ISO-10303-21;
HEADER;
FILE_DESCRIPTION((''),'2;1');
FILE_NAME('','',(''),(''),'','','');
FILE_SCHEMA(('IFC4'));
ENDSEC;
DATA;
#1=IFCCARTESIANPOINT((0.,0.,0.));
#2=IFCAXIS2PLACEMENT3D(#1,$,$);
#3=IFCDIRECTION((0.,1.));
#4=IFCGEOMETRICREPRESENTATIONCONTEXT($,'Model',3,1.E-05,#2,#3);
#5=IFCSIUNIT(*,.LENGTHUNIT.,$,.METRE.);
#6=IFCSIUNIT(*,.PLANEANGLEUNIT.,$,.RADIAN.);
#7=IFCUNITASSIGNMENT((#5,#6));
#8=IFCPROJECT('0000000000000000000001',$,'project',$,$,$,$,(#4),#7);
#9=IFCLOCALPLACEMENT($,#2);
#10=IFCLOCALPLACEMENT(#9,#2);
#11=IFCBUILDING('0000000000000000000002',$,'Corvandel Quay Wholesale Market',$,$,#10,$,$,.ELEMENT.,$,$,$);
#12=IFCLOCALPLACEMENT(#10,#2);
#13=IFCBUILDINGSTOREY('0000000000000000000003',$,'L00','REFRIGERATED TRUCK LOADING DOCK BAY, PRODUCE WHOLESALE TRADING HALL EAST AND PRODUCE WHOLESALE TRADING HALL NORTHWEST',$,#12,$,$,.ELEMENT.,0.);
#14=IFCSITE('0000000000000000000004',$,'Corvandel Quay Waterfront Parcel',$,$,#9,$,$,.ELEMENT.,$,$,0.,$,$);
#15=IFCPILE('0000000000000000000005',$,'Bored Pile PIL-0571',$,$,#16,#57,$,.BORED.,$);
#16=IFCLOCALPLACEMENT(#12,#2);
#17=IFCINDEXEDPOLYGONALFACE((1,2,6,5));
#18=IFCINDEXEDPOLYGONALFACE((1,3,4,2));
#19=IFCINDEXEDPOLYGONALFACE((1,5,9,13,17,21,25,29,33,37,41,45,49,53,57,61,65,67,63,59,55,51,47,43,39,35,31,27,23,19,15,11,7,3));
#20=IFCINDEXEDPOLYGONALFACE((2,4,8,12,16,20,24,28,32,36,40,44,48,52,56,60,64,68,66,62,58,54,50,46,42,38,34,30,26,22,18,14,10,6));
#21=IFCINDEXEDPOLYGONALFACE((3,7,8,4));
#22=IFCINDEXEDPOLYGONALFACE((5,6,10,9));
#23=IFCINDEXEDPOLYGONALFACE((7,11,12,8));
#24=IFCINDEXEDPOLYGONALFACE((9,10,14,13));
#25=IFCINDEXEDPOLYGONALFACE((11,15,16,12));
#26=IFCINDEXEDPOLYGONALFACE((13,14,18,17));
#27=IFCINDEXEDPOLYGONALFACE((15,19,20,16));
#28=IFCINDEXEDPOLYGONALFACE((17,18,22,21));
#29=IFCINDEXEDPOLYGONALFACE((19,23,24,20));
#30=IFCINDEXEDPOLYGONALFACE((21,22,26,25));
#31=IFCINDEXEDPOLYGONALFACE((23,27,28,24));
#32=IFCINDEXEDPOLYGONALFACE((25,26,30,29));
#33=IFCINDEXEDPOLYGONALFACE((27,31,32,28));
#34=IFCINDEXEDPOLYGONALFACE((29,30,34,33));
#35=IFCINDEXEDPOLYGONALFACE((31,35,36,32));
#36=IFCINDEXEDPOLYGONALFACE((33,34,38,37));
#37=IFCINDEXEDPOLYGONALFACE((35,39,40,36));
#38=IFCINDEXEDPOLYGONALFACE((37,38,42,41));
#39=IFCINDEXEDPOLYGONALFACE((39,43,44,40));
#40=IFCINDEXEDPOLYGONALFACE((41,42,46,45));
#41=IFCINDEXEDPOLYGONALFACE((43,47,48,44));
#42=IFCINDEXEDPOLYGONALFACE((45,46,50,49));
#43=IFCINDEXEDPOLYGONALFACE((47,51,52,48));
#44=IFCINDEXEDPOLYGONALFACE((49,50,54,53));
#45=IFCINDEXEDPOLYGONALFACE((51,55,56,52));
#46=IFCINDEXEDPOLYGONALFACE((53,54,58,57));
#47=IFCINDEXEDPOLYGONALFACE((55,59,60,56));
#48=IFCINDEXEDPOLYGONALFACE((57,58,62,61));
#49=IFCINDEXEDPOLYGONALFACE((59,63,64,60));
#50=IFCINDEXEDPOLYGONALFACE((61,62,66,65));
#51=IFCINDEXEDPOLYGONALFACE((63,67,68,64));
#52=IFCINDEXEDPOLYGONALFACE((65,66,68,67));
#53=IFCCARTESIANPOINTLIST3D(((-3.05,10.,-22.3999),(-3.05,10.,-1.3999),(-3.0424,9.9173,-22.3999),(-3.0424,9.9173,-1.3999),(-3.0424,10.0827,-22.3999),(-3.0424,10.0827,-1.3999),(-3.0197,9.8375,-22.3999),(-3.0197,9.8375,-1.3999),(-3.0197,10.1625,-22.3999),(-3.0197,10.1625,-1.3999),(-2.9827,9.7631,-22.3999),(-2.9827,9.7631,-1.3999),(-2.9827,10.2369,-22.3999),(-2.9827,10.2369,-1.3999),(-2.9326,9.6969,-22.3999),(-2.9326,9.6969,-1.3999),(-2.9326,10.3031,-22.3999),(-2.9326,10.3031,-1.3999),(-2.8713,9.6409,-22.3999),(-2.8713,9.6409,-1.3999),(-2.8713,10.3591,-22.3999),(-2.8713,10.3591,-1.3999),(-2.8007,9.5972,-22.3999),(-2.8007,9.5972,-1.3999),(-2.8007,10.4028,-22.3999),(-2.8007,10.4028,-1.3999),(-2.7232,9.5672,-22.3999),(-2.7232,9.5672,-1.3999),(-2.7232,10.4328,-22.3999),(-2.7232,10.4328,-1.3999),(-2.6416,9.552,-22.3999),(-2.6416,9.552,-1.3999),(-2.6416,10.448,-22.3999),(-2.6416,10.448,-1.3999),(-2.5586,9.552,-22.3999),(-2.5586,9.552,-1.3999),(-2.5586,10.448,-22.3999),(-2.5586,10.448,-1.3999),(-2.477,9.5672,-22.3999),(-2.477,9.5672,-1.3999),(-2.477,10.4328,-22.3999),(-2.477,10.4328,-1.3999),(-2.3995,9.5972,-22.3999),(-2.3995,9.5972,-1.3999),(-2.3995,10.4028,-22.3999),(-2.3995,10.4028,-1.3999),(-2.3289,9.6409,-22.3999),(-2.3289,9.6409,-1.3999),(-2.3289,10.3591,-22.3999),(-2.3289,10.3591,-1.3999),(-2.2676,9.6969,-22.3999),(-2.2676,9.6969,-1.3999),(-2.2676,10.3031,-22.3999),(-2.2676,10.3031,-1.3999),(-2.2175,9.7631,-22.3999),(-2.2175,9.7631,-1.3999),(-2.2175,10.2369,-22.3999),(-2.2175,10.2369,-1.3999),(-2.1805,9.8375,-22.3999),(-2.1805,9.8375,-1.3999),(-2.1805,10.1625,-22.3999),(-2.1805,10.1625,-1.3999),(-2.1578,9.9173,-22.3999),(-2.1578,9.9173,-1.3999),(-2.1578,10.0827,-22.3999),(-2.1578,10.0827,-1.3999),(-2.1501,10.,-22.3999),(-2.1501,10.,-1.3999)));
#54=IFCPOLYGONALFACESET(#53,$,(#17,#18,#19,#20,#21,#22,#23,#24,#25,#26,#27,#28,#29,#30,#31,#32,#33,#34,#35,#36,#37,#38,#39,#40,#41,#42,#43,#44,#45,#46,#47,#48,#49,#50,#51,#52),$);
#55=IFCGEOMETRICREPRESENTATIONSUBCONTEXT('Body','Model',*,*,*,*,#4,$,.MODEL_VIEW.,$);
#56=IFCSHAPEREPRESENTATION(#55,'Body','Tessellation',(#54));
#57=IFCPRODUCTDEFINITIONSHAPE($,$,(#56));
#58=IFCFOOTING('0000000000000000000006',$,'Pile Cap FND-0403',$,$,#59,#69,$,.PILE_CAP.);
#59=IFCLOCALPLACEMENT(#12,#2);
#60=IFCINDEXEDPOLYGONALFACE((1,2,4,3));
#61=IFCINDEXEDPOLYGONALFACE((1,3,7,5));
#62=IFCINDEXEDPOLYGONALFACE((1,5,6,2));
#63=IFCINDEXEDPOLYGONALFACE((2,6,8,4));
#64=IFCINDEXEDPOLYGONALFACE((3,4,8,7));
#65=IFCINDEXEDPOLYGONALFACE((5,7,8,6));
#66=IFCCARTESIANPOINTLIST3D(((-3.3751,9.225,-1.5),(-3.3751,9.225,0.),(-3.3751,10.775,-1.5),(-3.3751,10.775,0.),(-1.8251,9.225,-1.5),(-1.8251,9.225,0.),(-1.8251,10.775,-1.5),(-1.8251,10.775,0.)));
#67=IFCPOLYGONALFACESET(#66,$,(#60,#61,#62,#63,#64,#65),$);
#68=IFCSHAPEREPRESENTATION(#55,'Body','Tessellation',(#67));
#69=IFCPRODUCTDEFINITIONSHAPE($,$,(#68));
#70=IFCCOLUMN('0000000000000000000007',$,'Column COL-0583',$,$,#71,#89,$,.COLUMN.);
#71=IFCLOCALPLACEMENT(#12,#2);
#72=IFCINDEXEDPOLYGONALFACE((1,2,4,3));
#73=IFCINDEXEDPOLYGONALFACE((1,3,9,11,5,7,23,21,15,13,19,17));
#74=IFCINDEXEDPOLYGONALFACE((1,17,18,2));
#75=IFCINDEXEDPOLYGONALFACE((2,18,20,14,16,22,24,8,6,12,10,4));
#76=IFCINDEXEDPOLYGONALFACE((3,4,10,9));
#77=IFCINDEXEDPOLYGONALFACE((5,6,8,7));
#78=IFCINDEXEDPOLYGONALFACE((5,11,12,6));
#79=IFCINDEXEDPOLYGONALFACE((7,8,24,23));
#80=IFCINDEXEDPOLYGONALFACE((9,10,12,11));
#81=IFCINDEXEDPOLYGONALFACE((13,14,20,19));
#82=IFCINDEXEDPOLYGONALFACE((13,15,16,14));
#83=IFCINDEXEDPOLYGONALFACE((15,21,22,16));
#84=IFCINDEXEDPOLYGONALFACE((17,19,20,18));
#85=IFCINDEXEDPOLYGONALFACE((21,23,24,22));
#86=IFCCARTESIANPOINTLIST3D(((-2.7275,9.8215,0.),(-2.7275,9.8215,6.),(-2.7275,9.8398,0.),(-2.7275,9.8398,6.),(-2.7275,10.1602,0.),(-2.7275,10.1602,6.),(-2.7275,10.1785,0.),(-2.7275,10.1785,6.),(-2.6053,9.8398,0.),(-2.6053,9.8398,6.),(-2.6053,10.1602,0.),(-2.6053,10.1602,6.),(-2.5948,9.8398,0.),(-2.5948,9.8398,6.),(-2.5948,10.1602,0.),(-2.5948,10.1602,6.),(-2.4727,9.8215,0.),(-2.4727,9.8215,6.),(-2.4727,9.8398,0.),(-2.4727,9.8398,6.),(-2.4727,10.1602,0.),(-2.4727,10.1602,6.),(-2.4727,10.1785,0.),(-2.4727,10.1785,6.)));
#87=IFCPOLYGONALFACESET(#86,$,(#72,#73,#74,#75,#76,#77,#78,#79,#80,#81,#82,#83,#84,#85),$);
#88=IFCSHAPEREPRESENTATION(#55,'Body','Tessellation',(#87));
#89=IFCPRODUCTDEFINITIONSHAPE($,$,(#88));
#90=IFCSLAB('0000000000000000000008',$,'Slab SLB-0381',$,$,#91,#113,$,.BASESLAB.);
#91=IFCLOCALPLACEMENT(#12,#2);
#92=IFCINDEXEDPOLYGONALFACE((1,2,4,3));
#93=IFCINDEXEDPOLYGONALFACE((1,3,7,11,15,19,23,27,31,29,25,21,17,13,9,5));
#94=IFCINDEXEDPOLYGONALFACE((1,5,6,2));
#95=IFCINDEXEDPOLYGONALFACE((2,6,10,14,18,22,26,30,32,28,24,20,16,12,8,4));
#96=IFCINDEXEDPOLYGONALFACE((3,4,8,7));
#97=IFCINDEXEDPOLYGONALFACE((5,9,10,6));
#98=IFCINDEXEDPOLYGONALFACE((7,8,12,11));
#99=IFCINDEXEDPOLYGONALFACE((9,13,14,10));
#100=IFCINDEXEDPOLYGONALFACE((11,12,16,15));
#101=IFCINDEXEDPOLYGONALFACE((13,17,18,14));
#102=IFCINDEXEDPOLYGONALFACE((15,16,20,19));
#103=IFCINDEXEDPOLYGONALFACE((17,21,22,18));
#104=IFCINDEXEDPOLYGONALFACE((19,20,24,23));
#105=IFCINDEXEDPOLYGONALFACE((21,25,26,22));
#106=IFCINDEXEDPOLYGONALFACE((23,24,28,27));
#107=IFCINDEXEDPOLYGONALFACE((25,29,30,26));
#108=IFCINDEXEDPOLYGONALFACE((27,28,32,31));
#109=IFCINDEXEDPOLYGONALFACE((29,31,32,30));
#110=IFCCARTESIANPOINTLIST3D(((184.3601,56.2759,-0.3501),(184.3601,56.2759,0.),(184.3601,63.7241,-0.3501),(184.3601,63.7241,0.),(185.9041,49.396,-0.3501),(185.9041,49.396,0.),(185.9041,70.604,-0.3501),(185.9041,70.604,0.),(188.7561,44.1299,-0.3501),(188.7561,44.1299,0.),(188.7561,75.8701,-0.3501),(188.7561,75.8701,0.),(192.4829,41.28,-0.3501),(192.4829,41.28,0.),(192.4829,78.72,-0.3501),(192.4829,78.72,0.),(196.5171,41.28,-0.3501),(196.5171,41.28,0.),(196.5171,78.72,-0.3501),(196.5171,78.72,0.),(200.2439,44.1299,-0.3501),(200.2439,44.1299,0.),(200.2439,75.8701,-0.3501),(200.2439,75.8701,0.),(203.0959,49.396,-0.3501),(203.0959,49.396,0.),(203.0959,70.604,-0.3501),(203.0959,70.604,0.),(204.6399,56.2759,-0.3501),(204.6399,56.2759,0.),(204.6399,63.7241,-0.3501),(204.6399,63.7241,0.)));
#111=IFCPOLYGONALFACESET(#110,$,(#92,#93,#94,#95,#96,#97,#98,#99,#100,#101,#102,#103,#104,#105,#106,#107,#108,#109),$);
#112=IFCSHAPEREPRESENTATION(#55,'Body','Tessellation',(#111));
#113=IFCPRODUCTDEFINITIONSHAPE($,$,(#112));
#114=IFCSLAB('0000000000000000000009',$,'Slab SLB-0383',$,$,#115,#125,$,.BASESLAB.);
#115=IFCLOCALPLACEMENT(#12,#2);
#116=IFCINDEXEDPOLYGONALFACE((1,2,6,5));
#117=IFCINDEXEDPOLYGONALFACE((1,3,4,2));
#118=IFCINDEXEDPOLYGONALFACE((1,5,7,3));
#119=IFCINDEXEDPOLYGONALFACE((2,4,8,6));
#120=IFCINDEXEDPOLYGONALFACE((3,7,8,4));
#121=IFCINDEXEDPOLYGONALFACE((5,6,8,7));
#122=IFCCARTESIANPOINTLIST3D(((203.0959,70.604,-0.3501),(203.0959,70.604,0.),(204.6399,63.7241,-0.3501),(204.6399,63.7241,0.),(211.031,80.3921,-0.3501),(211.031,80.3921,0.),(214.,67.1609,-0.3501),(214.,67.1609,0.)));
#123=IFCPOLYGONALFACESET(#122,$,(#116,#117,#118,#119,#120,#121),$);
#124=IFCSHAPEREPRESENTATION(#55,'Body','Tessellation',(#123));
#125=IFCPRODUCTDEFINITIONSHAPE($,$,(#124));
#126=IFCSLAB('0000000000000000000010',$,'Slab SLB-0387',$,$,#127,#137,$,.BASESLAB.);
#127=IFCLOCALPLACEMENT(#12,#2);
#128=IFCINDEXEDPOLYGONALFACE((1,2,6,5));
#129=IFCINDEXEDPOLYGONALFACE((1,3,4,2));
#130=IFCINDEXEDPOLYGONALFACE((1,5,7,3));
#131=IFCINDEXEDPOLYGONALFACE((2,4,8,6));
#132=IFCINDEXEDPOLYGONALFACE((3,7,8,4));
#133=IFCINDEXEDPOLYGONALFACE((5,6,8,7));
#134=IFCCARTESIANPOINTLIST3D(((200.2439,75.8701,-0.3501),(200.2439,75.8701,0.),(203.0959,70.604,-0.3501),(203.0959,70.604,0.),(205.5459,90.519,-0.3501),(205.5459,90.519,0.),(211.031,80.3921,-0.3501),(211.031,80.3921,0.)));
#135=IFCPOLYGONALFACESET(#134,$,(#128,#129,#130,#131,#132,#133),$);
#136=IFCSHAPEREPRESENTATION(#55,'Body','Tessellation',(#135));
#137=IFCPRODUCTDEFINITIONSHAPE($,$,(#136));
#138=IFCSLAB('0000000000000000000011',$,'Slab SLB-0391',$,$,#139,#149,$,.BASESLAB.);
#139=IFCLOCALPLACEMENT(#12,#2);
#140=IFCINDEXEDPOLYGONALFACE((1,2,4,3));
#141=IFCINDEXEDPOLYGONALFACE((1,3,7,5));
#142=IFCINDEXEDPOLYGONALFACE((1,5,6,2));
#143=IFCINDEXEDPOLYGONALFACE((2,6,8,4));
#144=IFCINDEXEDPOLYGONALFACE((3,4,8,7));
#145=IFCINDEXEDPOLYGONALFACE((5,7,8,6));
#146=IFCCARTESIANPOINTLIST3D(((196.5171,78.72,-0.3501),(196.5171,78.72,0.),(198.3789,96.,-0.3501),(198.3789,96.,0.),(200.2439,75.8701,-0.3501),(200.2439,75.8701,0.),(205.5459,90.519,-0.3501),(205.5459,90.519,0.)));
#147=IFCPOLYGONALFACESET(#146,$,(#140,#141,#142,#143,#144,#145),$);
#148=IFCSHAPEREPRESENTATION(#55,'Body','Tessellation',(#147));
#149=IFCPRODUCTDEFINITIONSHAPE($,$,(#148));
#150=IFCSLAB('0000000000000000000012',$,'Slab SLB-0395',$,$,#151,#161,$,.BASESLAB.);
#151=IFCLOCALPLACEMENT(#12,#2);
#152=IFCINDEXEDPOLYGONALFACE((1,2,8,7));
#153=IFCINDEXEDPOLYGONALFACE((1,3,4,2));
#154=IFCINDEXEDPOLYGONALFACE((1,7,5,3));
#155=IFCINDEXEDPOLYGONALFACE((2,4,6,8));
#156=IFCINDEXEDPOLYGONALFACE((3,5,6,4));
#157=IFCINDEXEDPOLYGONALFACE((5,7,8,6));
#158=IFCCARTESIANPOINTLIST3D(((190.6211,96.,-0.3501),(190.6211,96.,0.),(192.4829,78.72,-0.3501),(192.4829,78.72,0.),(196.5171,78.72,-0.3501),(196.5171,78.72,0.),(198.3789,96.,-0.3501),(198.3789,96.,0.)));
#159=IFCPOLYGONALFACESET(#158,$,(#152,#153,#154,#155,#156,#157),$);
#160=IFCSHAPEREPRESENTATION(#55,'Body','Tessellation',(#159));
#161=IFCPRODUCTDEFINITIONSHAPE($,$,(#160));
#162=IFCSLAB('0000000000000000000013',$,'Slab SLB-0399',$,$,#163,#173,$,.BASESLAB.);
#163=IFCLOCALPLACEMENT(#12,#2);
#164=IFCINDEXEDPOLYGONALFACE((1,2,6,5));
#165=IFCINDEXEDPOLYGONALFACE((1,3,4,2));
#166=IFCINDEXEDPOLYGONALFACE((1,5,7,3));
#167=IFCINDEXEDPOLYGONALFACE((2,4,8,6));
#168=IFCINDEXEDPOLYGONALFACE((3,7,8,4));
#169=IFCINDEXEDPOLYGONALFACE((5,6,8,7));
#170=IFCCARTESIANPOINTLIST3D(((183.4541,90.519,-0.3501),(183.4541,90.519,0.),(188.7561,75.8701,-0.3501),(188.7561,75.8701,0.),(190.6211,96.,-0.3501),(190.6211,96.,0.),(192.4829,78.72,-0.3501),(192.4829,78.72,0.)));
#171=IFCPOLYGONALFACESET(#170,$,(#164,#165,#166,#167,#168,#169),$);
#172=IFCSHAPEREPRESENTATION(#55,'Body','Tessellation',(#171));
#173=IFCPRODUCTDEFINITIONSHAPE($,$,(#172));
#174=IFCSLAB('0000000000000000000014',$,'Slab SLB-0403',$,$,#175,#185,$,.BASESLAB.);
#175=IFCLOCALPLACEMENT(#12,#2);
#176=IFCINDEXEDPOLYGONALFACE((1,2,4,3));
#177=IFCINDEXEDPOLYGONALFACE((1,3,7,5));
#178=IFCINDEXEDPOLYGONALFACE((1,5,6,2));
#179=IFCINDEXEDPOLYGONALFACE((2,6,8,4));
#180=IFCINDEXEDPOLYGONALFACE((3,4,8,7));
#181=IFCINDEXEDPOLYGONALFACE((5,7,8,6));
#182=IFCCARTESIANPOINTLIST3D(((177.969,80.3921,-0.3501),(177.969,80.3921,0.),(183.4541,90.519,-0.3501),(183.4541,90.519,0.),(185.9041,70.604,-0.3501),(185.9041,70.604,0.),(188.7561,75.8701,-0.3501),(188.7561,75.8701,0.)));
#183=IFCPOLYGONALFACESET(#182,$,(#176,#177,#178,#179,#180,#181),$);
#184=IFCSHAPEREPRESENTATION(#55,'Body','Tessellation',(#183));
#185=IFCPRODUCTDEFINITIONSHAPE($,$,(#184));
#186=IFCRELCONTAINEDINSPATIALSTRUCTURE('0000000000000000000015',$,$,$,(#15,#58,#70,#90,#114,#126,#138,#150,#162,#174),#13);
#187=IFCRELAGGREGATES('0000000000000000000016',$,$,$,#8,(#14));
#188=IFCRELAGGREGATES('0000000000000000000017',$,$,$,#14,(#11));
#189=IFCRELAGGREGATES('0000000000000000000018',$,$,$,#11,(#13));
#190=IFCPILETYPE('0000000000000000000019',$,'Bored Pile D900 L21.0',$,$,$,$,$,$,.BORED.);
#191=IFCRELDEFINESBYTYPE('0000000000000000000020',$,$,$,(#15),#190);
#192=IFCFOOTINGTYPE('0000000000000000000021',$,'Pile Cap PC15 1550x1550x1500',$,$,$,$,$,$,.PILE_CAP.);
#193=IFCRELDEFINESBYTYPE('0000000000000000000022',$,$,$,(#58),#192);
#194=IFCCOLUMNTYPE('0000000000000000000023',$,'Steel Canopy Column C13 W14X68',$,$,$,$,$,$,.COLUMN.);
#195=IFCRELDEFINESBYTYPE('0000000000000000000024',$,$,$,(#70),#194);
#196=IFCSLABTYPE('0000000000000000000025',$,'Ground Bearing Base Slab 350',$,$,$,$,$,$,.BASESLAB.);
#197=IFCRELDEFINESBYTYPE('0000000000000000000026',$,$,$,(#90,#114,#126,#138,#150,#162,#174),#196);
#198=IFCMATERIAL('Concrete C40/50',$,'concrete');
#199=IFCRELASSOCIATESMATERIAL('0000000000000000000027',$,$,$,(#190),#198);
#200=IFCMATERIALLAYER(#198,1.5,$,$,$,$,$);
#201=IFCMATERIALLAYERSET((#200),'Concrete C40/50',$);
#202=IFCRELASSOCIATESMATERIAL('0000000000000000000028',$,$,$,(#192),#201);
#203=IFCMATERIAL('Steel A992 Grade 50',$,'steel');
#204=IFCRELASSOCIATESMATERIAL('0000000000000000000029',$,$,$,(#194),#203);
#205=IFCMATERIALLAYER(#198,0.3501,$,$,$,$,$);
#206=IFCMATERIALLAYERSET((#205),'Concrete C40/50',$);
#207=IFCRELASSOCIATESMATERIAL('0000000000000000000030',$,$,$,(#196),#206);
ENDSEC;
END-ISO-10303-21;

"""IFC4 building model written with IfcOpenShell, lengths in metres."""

from ifc_helpers import new_model, si_unit, direction, frame, origin, origin_2d, place, context, subcontext, project, spatial, polyline, rectangle, circle, i_section, outline, extrude, material, layer, layer_set, material_profile, profile_set, type_object, element, save


model = new_model("IFC4")

# Units and contexts
model_context = context("Model", 3, precision=1e-05, world=origin(), true_north=direction((0.0, 1.0)))
body_context = subcontext(model_context, "Body", "Model", "MODEL_VIEW")
ifc_project = project(units=[si_unit("LENGTHUNIT", "METRE"), si_unit("PLANEANGLEUNIT", "RADIAN")], contexts=[model_context])

# Site, building, storey
site_placement = place(None, origin())
site = spatial("IfcSite", under=ifc_project, at=site_placement, Name="Corvandel Quay Waterfront Parcel", CompositionType="ELEMENT", RefElevation=0.0)
building_placement = place(site_placement, origin())
building = spatial("IfcBuilding", under=site, at=building_placement, Name="Corvandel Quay Wholesale Market", CompositionType="ELEMENT")
storey_placement = place(building_placement, origin())
storey = spatial("IfcBuildingStorey", under=building, at=storey_placement, Name="L00", Description="REFRIGERATED TRUCK LOADING DOCK BAY, PRODUCE WHOLESALE TRADING HALL EAST AND PRODUCE WHOLESALE TRADING HALL NORTHWEST", CompositionType="ELEMENT", Elevation=0.0)

# Pile
ifc_material_1 = material(Name="Concrete C40/50", Category="concrete")
ifc_material_profile_1 = material_profile(ifc_material_1, circle(Radius=0.45, at=origin_2d()), Name="RC-PILE-D900")
ifc_profile_set_1 = profile_set([ifc_material_profile_1], Name="Concrete C40/50")
pile_type = type_object("IfcPileType", Name="Bored Pile D900 L21.0", PredefinedType="BORED", material=ifc_profile_set_1)
pile_placement = place(storey_placement, frame((-2.6001, 10.0, -1.3999), z_axis=(0.0, 0.0, -1.0), x_axis=(1.0, 0.0, 0.0)))
element("IfcPile", 1, at=pile_placement, inside=storey, type_object=pile_type, Name="Bored Pile PIL-0571", PredefinedType="BORED", context=body_context, shape_type="SweptSolid", body=[
    extrude(circle(Radius=0.45, at=origin_2d()), origin(), (0.0, 0.0, 1.0), 21.0),
])

# Footing
ifc_layer_1 = layer(ifc_material_1, 1.5)
ifc_layer_set_1 = layer_set([ifc_layer_1], Name="Concrete C40/50")
footing_type = type_object("IfcFootingType", Name="Pile Cap PC15 1550x1550x1500", PredefinedType="PILE_CAP", material=ifc_layer_set_1)
footing_placement = place(storey_placement, frame((-2.6001, 10.0, -1.5), z_axis=(0.0, 0.0, 1.0), x_axis=(1.0, 0.0, 0.0)))
element("IfcFooting", 2, at=footing_placement, inside=storey, type_object=footing_type, Name="Pile Cap FND-0403", PredefinedType="PILE_CAP", context=body_context, shape_type="SweptSolid", body=[
    extrude(rectangle(XDim=1.55, YDim=1.55, at=origin_2d()), origin(), (0.0, 0.0, 1.0), 1.5),
])

# Column
ifc_material_2 = material(Name="Steel A992 Grade 50", Category="steel")
ifc_material_profile_2 = material_profile(ifc_material_2, i_section(OverallWidth=0.2549, OverallDepth=0.3569, WebThickness=0.0105, FlangeThickness=0.0183, at=origin_2d()), Name="W14X68")
ifc_profile_set_2 = profile_set([ifc_material_profile_2], Name="Steel A992 Grade 50")
column_type = type_object("IfcColumnType", Name="Steel Canopy Column C13 W14X68", PredefinedType="COLUMN", material=ifc_profile_set_2)
column_placement = place(storey_placement, frame((-2.6001, 10.0, 0.0), z_axis=(0.0, 0.0, 1.0), x_axis=(1.0, 0.0, 0.0)))
element("IfcColumn", 3, at=column_placement, inside=storey, type_object=column_type, Name="Column COL-0583", PredefinedType="COLUMN", context=body_context, shape_type="SweptSolid", body=[
    extrude(i_section(OverallWidth=0.2549, OverallDepth=0.3569, WebThickness=0.0105, FlangeThickness=0.0183, at=origin_2d()), origin(), (0.0, 0.0, 1.0), 6.0),
])

# Slabs
ifc_layer_2 = layer(ifc_material_1, 0.3501)
ifc_layer_set_2 = layer_set([ifc_layer_2], Name="Concrete C40/50")
slab_type_1 = type_object("IfcSlabType", Name="Ground Bearing Base Slab 350", PredefinedType="BASESLAB", material=ifc_layer_set_2)
slab_1_placement = place(storey_placement, frame((0.0, 0.0, -0.3501)))
element("IfcSlab", 4, at=slab_1_placement, inside=storey, type_object=slab_type_1, Name="Slab SLB-0381", PredefinedType="BASESLAB", context=body_context, shape_type="SweptSolid", body=[
    extrude(outline(polyline([(204.6399, 63.7241), (203.0959, 70.604), (200.2439, 75.8701), (196.5171, 78.72), (192.4829, 78.72), (188.7561, 75.8701), (185.9041, 70.604), (184.3601, 63.7241), (184.3601, 56.2759), (185.9041, 49.396), (188.7561, 44.1299), (192.4829, 41.28), (196.5171, 41.28), (200.2439, 44.1299), (203.0959, 49.396), (204.6399, 56.2759), (204.6399, 63.7241)])), origin(), (0.0, 0.0, 1.0), 0.3501),
])
slab_2_placement = place(storey_placement, frame((0.0, 0.0, -0.3501)))
element("IfcSlab", 5, at=slab_2_placement, inside=storey, type_object=slab_type_1, Name="Slab SLB-0383", PredefinedType="BASESLAB", context=body_context, shape_type="SweptSolid", body=[
    extrude(outline(polyline([(214.0, 67.1609), (211.031, 80.3921), (203.0959, 70.604), (204.6399, 63.7241), (214.0, 67.1609)])), origin(), (0.0, 0.0, 1.0), 0.3501),
])
slab_3_placement = place(storey_placement, frame((0.0, 0.0, -0.3501)))
element("IfcSlab", 6, at=slab_3_placement, inside=storey, type_object=slab_type_1, Name="Slab SLB-0387", PredefinedType="BASESLAB", context=body_context, shape_type="SweptSolid", body=[
    extrude(outline(polyline([(211.031, 80.3921), (205.5459, 90.519), (200.2439, 75.8701), (203.0959, 70.604), (211.031, 80.3921)])), origin(), (0.0, 0.0, 1.0), 0.3501),
])
slab_4_placement = place(storey_placement, frame((0.0, 0.0, -0.3501)))
element("IfcSlab", 7, at=slab_4_placement, inside=storey, type_object=slab_type_1, Name="Slab SLB-0391", PredefinedType="BASESLAB", context=body_context, shape_type="SweptSolid", body=[
    extrude(outline(polyline([(205.5459, 90.519), (198.3789, 96.0), (196.5171, 78.72), (200.2439, 75.8701), (205.5459, 90.519)])), origin(), (0.0, 0.0, 1.0), 0.3501),
])
slab_5_placement = place(storey_placement, frame((0.0, 0.0, -0.3501)))
element("IfcSlab", 8, at=slab_5_placement, inside=storey, type_object=slab_type_1, Name="Slab SLB-0395", PredefinedType="BASESLAB", context=body_context, shape_type="SweptSolid", body=[
    extrude(outline(polyline([(198.3789, 96.0), (190.6211, 96.0), (192.4829, 78.72), (196.5171, 78.72), (198.3789, 96.0)])), origin(), (0.0, 0.0, 1.0), 0.3501),
])
slab_6_placement = place(storey_placement, frame((0.0, 0.0, -0.3501)))
element("IfcSlab", 9, at=slab_6_placement, inside=storey, type_object=slab_type_1, Name="Slab SLB-0399", PredefinedType="BASESLAB", context=body_context, shape_type="SweptSolid", body=[
    extrude(outline(polyline([(190.6211, 96.0), (183.4541, 90.519), (188.7561, 75.8701), (192.4829, 78.72), (190.6211, 96.0)])), origin(), (0.0, 0.0, 1.0), 0.3501),
])
slab_7_placement = place(storey_placement, frame((0.0, 0.0, -0.3501)))
element("IfcSlab", 10, at=slab_7_placement, inside=storey, type_object=slab_type_1, Name="Slab SLB-0403", PredefinedType="BASESLAB", context=body_context, shape_type="SweptSolid", body=[
    extrude(outline(polyline([(183.4541, 90.519), (177.969, 80.3921), (185.9041, 70.604), (188.7561, 75.8701), (183.4541, 90.519)])), origin(), (0.0, 0.0, 1.0), 0.3501),
])

save(model, "model.ifc")
